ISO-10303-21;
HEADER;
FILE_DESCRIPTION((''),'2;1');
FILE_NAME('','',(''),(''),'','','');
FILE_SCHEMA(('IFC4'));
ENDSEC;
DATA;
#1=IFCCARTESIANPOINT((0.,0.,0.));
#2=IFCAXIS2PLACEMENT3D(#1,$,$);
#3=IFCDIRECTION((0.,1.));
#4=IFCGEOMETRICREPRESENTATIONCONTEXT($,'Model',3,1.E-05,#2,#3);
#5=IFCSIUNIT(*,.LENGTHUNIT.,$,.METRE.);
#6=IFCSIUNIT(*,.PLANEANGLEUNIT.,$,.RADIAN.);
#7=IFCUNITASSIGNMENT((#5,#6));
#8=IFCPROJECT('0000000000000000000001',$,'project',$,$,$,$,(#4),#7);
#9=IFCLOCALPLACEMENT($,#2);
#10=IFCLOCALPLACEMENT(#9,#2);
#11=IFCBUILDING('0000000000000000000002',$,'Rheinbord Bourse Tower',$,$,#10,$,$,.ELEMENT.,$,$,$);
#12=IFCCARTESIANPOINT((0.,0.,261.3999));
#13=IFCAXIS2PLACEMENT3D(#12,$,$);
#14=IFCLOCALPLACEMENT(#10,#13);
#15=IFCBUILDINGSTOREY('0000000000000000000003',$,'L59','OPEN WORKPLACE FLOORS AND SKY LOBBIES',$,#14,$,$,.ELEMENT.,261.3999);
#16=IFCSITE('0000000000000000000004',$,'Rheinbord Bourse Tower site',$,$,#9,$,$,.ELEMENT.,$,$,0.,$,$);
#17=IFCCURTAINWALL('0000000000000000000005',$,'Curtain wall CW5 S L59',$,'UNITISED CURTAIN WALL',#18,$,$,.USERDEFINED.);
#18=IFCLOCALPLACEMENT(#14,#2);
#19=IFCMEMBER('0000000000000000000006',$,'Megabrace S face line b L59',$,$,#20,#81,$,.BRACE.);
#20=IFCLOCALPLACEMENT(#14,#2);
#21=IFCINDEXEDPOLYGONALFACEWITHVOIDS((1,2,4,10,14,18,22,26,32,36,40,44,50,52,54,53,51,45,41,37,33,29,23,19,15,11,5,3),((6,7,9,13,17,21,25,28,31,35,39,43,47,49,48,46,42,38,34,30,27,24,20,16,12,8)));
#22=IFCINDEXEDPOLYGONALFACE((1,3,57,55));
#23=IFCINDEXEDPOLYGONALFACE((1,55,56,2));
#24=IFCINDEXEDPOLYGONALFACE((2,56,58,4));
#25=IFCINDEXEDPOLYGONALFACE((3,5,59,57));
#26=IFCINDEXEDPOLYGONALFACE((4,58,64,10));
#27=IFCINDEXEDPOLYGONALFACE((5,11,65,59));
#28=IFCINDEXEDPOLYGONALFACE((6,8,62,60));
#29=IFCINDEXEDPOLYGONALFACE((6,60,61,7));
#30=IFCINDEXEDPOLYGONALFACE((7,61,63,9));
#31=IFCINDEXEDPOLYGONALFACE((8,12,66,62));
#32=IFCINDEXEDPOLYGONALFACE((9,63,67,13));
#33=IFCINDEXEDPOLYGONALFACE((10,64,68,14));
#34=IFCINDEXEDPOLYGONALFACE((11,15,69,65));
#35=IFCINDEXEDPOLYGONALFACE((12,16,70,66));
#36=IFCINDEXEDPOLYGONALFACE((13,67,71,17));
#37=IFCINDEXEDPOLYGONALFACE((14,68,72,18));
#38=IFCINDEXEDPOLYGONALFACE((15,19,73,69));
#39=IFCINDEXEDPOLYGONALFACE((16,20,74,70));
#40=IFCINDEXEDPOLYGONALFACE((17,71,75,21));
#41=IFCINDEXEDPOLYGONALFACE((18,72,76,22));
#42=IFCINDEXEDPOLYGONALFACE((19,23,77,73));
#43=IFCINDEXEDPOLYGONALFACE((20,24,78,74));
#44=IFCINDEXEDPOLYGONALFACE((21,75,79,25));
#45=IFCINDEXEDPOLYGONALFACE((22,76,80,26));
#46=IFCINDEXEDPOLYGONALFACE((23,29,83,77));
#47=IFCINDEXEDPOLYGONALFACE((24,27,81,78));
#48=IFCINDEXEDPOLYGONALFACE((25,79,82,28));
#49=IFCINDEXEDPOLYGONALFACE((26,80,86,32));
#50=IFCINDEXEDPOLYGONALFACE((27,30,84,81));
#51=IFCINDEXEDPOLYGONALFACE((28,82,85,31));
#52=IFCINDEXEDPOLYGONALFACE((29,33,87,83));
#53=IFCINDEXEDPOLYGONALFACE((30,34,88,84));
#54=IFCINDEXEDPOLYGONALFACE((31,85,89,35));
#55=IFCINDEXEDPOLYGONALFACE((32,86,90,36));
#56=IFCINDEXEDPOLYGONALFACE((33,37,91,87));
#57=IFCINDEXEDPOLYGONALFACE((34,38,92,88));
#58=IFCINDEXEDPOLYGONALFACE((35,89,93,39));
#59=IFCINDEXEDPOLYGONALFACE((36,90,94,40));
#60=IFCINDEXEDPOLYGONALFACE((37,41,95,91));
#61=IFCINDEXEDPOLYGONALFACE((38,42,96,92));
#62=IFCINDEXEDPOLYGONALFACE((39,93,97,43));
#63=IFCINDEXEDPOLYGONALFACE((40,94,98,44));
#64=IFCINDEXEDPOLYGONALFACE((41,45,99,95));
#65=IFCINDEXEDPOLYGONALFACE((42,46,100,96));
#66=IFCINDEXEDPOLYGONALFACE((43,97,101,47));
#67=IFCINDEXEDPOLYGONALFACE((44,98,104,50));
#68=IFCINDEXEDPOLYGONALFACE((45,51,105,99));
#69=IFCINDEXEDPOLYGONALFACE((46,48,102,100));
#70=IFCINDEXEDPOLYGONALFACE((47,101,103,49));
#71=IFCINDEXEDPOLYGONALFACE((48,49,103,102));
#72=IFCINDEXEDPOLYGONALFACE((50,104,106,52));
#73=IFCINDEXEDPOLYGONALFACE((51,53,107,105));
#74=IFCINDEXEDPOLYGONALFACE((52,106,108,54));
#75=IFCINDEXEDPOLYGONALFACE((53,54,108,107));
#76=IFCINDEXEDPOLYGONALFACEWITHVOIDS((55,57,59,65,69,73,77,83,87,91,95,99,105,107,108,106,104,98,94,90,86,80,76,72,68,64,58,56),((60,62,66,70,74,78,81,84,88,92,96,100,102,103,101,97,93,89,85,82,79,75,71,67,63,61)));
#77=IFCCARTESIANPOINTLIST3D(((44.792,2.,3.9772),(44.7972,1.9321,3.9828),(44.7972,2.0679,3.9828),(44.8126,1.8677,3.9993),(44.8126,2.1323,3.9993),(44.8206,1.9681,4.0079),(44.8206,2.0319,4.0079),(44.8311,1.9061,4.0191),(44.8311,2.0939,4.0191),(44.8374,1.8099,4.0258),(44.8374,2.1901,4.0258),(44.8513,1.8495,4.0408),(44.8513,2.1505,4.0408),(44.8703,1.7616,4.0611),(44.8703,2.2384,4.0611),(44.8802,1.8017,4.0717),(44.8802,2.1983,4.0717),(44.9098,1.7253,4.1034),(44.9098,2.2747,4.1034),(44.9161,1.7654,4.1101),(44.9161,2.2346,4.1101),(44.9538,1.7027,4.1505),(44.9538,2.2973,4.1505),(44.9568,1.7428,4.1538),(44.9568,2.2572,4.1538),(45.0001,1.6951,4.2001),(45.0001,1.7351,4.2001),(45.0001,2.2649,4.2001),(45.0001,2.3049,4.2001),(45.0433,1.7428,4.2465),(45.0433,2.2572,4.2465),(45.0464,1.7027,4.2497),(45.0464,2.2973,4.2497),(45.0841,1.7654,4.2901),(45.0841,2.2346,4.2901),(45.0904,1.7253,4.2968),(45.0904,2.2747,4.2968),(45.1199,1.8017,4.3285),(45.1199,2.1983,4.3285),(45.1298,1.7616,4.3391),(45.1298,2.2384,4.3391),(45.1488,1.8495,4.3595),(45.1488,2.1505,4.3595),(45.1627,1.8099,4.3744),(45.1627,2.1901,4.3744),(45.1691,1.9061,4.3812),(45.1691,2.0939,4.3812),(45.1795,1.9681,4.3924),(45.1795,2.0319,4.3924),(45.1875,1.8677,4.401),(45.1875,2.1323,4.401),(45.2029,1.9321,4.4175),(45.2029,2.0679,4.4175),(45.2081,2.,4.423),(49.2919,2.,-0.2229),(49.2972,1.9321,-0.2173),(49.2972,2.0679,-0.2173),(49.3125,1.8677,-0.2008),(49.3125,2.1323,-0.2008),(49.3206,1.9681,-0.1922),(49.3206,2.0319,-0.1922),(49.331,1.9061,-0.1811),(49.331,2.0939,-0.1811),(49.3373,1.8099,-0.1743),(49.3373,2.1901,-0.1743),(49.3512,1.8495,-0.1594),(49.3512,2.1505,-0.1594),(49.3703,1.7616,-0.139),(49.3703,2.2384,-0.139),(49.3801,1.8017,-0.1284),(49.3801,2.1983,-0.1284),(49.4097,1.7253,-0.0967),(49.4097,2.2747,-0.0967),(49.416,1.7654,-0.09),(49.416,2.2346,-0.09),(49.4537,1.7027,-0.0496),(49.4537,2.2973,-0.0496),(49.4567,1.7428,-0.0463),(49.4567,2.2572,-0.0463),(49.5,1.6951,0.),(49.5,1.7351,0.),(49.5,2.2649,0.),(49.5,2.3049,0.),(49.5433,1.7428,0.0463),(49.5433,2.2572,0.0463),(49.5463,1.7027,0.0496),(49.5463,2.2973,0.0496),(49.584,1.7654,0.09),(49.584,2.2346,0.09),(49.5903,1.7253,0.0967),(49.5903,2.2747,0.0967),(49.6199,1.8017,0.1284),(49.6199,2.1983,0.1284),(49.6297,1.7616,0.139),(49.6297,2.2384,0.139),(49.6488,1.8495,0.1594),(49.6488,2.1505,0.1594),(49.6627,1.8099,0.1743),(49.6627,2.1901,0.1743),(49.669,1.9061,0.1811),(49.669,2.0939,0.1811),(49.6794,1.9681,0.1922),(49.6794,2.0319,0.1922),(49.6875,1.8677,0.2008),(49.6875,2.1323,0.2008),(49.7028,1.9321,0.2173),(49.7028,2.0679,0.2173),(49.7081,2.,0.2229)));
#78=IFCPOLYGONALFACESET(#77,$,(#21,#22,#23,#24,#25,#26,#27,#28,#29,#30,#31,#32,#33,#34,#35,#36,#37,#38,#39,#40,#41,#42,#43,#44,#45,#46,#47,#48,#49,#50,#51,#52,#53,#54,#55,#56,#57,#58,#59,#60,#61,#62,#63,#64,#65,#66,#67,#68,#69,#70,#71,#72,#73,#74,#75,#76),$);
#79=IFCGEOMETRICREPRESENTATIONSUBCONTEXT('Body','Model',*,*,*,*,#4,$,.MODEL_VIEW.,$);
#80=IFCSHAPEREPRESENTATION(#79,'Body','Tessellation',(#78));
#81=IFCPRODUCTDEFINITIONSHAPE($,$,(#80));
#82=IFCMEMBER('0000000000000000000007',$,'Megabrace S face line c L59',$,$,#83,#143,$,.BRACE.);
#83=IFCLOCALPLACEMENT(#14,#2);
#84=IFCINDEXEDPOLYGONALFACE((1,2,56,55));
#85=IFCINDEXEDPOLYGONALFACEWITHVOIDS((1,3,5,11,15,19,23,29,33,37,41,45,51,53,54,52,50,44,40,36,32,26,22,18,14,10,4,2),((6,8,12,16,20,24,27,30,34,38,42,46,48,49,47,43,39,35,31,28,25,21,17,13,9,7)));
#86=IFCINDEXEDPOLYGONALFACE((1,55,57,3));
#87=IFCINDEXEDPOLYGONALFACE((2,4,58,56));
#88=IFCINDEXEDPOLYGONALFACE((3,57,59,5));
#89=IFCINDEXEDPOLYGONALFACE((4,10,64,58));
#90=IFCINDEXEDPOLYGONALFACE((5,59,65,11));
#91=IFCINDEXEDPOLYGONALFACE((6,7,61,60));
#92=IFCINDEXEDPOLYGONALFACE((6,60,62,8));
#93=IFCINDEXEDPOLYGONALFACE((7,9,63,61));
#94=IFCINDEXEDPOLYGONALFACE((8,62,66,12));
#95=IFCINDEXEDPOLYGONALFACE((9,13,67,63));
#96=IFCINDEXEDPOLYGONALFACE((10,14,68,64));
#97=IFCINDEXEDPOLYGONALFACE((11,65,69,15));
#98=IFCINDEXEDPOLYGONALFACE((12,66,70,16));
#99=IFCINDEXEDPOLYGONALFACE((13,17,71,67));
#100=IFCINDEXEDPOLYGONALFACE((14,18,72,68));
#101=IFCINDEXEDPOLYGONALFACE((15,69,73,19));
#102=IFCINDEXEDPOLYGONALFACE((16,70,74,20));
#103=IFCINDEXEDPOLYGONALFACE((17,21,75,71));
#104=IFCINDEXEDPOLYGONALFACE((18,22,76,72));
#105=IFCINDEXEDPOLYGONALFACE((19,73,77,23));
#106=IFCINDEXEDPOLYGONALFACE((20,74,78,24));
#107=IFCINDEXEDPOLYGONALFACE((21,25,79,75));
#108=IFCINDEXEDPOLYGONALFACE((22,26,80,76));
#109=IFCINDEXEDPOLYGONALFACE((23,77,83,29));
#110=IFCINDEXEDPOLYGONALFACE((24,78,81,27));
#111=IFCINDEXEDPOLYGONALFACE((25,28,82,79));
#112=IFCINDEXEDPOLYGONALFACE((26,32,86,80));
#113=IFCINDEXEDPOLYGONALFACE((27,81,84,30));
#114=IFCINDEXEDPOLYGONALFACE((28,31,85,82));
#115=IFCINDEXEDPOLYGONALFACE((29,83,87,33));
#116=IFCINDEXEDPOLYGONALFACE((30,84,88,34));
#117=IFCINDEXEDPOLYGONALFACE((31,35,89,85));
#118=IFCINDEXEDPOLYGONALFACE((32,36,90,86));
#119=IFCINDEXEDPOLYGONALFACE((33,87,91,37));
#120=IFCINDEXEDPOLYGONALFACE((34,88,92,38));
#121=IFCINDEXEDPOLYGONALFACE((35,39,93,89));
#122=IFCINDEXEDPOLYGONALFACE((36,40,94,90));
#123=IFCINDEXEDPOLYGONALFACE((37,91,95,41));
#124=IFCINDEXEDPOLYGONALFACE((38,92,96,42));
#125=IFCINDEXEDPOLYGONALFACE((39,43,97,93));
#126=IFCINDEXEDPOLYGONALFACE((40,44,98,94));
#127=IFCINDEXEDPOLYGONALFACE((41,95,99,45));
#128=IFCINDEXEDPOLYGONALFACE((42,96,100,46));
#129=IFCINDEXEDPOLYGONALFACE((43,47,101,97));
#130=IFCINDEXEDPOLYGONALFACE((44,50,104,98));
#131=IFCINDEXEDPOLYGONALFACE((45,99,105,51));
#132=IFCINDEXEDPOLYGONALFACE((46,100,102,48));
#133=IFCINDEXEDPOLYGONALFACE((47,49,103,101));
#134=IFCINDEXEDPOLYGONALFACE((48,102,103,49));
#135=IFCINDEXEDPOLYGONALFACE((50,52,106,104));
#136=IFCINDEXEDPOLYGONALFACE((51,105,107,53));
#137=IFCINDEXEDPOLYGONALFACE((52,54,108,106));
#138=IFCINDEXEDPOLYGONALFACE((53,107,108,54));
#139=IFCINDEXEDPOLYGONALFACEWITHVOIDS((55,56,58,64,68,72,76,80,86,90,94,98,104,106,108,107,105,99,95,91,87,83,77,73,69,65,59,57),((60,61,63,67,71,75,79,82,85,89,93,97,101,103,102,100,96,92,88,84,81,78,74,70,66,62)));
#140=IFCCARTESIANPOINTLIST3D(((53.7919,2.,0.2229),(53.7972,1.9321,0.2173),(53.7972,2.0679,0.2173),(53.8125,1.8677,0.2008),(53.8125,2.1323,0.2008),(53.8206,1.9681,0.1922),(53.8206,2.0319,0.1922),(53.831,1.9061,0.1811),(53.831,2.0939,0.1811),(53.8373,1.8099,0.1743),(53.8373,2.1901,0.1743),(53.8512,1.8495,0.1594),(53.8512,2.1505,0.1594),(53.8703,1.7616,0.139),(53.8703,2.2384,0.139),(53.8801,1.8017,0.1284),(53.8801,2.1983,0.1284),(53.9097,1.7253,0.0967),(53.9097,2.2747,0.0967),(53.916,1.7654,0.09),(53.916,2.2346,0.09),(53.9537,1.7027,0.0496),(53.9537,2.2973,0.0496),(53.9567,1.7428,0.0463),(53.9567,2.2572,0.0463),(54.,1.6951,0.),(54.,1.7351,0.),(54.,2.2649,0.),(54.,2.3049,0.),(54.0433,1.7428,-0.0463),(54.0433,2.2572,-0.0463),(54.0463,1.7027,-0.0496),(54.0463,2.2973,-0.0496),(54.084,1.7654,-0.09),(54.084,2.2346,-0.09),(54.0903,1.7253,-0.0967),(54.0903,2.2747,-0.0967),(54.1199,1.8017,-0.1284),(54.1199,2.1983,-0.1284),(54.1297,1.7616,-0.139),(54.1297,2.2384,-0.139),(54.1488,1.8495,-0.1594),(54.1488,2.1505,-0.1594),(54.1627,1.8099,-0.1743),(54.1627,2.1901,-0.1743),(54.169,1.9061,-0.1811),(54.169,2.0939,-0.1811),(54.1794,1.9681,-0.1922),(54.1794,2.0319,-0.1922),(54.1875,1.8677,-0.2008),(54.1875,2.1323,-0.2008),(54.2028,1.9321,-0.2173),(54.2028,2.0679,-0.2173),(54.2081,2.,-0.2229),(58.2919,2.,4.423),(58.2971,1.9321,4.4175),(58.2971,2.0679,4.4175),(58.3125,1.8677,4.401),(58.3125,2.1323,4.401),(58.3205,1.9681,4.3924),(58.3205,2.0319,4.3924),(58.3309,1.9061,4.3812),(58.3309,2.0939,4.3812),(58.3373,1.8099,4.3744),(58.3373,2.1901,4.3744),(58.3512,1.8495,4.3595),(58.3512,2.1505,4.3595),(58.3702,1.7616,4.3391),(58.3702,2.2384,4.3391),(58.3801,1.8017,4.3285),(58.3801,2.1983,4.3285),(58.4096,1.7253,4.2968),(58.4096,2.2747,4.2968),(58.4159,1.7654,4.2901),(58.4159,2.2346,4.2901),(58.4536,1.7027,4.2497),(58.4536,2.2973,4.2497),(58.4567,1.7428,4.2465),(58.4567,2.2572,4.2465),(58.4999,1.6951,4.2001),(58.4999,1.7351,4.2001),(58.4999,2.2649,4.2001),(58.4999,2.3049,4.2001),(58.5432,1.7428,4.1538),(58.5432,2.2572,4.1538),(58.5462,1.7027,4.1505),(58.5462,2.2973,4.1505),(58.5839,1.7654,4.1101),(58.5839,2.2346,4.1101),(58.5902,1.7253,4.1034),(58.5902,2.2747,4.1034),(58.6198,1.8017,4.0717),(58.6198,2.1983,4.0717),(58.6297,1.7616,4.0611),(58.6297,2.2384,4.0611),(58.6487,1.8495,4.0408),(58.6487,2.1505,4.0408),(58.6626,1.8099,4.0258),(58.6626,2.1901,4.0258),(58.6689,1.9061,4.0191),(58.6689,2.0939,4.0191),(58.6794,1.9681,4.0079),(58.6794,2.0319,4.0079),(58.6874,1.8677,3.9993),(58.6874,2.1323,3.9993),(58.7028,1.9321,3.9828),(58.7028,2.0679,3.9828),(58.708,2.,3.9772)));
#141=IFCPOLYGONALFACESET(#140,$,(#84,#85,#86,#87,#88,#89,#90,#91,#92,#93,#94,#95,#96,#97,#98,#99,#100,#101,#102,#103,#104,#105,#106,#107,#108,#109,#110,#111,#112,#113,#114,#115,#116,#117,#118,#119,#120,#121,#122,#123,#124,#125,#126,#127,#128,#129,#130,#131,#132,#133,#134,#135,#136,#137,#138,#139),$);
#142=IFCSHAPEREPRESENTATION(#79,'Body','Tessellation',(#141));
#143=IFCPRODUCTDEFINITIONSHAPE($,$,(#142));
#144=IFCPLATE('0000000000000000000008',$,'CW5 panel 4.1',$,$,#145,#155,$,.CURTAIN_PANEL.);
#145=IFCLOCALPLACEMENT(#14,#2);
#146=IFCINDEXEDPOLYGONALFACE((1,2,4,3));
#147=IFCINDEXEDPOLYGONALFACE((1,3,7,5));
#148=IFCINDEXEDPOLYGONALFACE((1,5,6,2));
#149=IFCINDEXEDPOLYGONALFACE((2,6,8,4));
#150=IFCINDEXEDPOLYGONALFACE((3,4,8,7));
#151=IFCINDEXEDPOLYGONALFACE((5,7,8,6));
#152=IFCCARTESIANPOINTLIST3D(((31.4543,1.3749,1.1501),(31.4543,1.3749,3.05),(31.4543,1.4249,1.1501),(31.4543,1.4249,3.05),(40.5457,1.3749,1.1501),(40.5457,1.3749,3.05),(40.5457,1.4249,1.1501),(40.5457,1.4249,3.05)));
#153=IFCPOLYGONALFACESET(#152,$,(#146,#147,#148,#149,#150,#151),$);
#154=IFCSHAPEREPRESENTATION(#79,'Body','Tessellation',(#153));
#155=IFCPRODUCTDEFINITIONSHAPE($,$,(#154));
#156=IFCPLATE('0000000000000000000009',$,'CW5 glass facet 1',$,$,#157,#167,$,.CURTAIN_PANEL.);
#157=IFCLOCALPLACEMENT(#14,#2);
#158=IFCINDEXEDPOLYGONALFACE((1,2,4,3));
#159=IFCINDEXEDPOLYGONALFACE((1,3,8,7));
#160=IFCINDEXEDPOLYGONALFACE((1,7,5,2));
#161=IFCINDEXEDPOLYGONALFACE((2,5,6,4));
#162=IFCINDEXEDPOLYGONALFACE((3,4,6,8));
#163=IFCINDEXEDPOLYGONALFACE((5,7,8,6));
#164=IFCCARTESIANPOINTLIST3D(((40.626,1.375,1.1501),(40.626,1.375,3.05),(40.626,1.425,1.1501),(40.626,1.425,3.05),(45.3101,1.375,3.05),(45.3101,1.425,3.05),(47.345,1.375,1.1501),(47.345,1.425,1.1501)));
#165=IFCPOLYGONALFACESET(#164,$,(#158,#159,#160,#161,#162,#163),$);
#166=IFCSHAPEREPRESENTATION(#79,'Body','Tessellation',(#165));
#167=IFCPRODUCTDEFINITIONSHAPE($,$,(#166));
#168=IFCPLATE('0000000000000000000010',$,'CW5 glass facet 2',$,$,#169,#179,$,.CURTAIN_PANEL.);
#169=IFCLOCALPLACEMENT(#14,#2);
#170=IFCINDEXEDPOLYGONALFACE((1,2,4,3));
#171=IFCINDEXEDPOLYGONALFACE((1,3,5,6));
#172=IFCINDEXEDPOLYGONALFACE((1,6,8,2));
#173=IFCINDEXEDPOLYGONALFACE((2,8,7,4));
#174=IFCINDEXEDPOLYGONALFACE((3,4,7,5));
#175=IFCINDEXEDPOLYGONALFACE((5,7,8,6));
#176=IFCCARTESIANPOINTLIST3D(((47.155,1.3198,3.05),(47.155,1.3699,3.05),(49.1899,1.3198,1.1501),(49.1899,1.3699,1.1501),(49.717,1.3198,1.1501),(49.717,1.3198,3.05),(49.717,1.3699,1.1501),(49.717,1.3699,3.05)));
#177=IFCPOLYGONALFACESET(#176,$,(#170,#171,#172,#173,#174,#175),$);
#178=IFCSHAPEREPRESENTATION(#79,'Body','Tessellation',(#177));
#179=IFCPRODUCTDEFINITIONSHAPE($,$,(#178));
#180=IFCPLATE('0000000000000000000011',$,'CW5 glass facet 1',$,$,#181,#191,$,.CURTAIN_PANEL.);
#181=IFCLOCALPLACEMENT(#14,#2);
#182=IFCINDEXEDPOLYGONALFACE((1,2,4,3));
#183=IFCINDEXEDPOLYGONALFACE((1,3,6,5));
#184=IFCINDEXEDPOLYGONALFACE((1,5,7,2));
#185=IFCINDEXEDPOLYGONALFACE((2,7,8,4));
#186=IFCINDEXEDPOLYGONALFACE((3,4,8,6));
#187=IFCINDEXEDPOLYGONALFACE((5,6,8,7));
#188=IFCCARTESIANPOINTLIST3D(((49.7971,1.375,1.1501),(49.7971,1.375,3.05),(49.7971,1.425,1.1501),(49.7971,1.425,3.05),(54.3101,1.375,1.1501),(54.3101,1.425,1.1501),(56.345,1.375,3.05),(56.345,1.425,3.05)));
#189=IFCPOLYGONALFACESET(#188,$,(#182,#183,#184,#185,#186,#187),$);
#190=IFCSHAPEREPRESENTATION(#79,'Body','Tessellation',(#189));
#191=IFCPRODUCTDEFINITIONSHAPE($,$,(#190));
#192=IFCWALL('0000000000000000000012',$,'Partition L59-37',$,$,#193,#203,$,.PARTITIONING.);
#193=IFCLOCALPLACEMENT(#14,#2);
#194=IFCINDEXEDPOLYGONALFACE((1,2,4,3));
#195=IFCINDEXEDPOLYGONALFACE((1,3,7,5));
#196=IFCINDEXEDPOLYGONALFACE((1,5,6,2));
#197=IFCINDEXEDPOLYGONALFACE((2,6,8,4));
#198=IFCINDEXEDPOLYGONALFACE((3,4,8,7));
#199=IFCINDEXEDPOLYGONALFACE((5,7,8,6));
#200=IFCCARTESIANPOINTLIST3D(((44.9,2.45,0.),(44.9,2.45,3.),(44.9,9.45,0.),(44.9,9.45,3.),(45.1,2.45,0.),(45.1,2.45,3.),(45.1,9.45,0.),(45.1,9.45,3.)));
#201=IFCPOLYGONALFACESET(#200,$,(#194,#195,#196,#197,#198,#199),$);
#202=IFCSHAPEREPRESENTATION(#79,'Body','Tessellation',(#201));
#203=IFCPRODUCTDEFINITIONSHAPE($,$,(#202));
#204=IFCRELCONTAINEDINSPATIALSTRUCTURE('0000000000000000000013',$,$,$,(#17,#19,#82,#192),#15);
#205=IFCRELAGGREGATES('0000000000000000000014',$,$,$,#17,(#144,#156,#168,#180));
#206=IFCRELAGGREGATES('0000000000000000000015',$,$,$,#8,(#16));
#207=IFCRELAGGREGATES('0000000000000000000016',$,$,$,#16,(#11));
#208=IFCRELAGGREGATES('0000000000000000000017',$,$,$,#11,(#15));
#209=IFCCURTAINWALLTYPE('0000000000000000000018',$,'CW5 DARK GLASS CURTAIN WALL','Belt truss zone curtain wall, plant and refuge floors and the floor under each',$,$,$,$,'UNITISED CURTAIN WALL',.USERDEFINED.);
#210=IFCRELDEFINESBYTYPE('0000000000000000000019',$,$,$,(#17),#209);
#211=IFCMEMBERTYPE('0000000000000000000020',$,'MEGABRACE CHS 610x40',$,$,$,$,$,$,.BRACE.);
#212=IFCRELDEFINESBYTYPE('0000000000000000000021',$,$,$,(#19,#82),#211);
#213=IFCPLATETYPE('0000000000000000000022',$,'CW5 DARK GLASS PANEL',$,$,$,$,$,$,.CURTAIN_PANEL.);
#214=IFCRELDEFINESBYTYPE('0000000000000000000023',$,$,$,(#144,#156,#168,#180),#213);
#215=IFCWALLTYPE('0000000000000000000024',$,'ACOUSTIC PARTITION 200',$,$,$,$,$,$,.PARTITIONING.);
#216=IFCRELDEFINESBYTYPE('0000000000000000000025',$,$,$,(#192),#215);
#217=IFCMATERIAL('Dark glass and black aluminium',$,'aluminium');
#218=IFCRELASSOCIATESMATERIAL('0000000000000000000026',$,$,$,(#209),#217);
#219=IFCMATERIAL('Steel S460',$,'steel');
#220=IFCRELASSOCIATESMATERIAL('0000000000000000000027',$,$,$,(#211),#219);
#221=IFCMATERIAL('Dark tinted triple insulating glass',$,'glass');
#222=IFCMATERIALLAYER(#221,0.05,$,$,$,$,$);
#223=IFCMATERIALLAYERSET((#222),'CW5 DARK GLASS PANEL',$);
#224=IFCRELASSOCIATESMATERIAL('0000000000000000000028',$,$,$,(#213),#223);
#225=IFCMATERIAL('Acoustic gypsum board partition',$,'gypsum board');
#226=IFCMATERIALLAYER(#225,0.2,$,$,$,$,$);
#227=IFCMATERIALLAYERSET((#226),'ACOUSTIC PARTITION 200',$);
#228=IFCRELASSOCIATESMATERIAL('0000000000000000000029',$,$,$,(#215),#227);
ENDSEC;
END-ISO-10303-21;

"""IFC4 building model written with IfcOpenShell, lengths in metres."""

from ifc_helpers import new_model, si_unit, direction, frame, frame_2d, origin, origin_2d, place, context, subcontext, project, spatial, polyline, rectangle, hollow_circle, outline, extrude, material, layer, layer_set, material_profile, profile_set, type_object, element, aggregate, save


model = new_model("IFC4")

# Units and contexts
model_context = context("Model", 3, precision=1e-05, world=origin(), true_north=direction((0.0, 1.0)))
body_context = subcontext(model_context, "Body", "Model", "MODEL_VIEW")
ifc_project = project(units=[si_unit("LENGTHUNIT", "METRE"), si_unit("PLANEANGLEUNIT", "RADIAN")], contexts=[model_context])

# Site, building, storey
site_placement = place(None, origin())
site = spatial("IfcSite", under=ifc_project, at=site_placement, Name="Rheinbord Bourse Tower site", CompositionType="ELEMENT", RefElevation=0.0)
building_placement = place(site_placement, origin())
building = spatial("IfcBuilding", under=site, at=building_placement, Name="Rheinbord Bourse Tower", CompositionType="ELEMENT")
storey_placement = place(building_placement, frame((0.0, 0.0, 261.3999)))
storey = spatial("IfcBuildingStorey", under=building, at=storey_placement, Name="L59", Description="OPEN WORKPLACE FLOORS AND SKY LOBBIES", CompositionType="ELEMENT", Elevation=261.3999)

# Curtain wall
ifc_material_1 = material(Name="Dark glass and black aluminium", Category="aluminium")
curtain_wall_type = type_object("IfcCurtainWallType", Name="CW5 DARK GLASS CURTAIN WALL", Description="Belt truss zone curtain wall, plant and refuge floors and the floor under each", ElementType="UNITISED CURTAIN WALL", PredefinedType="USERDEFINED", material=ifc_material_1)
curtain_wall_placement = place(storey_placement, origin())
curtain_wall = element("IfcCurtainWall", 1, at=curtain_wall_placement, inside=storey, type_object=curtain_wall_type, Name="Curtain wall CW5 S L59", ObjectType="UNITISED CURTAIN WALL", PredefinedType="USERDEFINED")

# Members
ifc_material_2 = material(Name="Steel S460", Category="steel")
ifc_material_profile_1 = material_profile(ifc_material_2, hollow_circle(Radius=0.3049, WallThickness=0.04, at=origin_2d()), Name="CHS 610x40")
ifc_profile_set_1 = profile_set([ifc_material_profile_1], Name="Steel S460")
member_type_1 = type_object("IfcMemberType", Name="MEGABRACE CHS 610x40", PredefinedType="BRACE", material=ifc_profile_set_1)
for number, where, z_axis, x_axis, name in (
    (2, (49.5, 2.0, 0.0), (-0.731039, 0.0, 0.682335), (0.0, -1.0, 0.0), "Megabrace S face line b L59"),
    (3, (54.0, 2.0, 0.0), (0.731039, 0.0, 0.682335), (0.0, 1.0, 0.0), "Megabrace S face line c L59"),
):
    element("IfcMember", number, at=place(storey_placement, frame(where, z_axis=z_axis, x_axis=x_axis)), inside=storey, type_object=member_type_1, Name=name, PredefinedType="BRACE", context=body_context, shape_type="SweptSolid", body=[
        extrude(hollow_circle(Radius=0.3049, WallThickness=0.04, at=origin_2d()), origin(), (0.0, 0.0, 1.0), 6.1555),
    ])

# Plates
ifc_material_3 = material(Name="Dark tinted triple insulating glass", Category="glass")
ifc_layer_1 = layer(ifc_material_3, 0.05)
ifc_layer_set_1 = layer_set([ifc_layer_1], Name="CW5 DARK GLASS PANEL")
plate_type = type_object("IfcPlateType", Name="CW5 DARK GLASS PANEL", PredefinedType="CURTAIN_PANEL", material=ifc_layer_set_1)
plate_1_placement = place(storey_placement, frame((36.0, 1.3999, 1.1501), z_axis=(0.0, 0.0, 1.0), x_axis=(1.0, 0.0, 0.0)))
plate_1 = element("IfcPlate", 4, at=plate_1_placement, type_object=plate_type, Name="CW5 panel 4.1", PredefinedType="CURTAIN_PANEL", context=body_context, shape_type="SweptSolid", body=[
    extrude(rectangle(XDim=9.0913, YDim=0.05, at=origin_2d()), origin(), (0.0, 0.0, 1.0), 1.8999),
])
plate_2_placement = place(storey_placement, frame((40.626, 1.375, 1.1501), z_axis=(0.0, 1.0, 0.0), x_axis=(0.0, 0.0, 1.0)))
plate_2 = element("IfcPlate", 5, at=plate_2_placement, type_object=plate_type, Name="CW5 glass facet 1", PredefinedType="CURTAIN_PANEL", context=body_context, shape_type="SweptSolid", body=[
    extrude(outline(polyline([(0.0, 0.0), (1.8999, 0.0), (1.8999, 4.6841), (0.0, 6.719), (0.0, 0.0)])), origin(), (0.0, 0.0, 1.0), 0.05),
])
plate_3_placement = place(storey_placement, frame((49.717, 1.3198, 3.05), z_axis=(0.0, 1.0, 0.0), x_axis=(0.0, 0.0, -1.0)))
plate_3 = element("IfcPlate", 6, at=plate_3_placement, type_object=plate_type, Name="CW5 glass facet 2", PredefinedType="CURTAIN_PANEL", context=body_context, shape_type="SweptSolid", body=[
    extrude(outline(polyline([(0.0, 0.0), (1.8999, 0.0), (1.8999, 0.5271), (0.0, 2.562), (0.0, 0.0)])), origin(), (0.0, 0.0, 1.0), 0.05),
])
plate_4_placement = place(storey_placement, frame((49.7971, 1.375, 1.1501), z_axis=(0.0, 1.0, 0.0), x_axis=(0.0, 0.0, 1.0)))
plate_4 = element("IfcPlate", 7, at=plate_4_placement, type_object=plate_type, Name="CW5 glass facet 1", PredefinedType="CURTAIN_PANEL", context=body_context, shape_type="SweptSolid", body=[
    extrude(outline(polyline([(0.0, 0.0), (1.8999, 0.0), (1.8999, 6.5479), (0.0, 4.5129), (0.0, 0.0)])), origin(), (0.0, 0.0, 1.0), 0.05),
])
aggregate(curtain_wall, [plate_1, plate_2, plate_3, plate_4])

# Wall
ifc_material_4 = material(Name="Acoustic gypsum board partition", Category="gypsum board")
ifc_layer_2 = layer(ifc_material_4, 0.2)
ifc_layer_set_2 = layer_set([ifc_layer_2], Name="ACOUSTIC PARTITION 200")
wall_type = type_object("IfcWallType", Name="ACOUSTIC PARTITION 200", PredefinedType="PARTITIONING", material=ifc_layer_set_2)
wall_placement = place(storey_placement, frame((45.0, 2.45, 0.0), z_axis=(0.0, 0.0, 1.0), x_axis=(0.0, 1.0, 0.0)))
element("IfcWall", 8, at=wall_placement, inside=storey, type_object=wall_type, Name="Partition L59-37", PredefinedType="PARTITIONING", context=body_context, shape_type="SweptSolid", body=[
    extrude(rectangle(XDim=7.0, YDim=0.2, at=frame_2d((3.5, 0.0))), origin(), (0.0, 0.0, 1.0), 3.0),
])

save(model, "model.ifc")
